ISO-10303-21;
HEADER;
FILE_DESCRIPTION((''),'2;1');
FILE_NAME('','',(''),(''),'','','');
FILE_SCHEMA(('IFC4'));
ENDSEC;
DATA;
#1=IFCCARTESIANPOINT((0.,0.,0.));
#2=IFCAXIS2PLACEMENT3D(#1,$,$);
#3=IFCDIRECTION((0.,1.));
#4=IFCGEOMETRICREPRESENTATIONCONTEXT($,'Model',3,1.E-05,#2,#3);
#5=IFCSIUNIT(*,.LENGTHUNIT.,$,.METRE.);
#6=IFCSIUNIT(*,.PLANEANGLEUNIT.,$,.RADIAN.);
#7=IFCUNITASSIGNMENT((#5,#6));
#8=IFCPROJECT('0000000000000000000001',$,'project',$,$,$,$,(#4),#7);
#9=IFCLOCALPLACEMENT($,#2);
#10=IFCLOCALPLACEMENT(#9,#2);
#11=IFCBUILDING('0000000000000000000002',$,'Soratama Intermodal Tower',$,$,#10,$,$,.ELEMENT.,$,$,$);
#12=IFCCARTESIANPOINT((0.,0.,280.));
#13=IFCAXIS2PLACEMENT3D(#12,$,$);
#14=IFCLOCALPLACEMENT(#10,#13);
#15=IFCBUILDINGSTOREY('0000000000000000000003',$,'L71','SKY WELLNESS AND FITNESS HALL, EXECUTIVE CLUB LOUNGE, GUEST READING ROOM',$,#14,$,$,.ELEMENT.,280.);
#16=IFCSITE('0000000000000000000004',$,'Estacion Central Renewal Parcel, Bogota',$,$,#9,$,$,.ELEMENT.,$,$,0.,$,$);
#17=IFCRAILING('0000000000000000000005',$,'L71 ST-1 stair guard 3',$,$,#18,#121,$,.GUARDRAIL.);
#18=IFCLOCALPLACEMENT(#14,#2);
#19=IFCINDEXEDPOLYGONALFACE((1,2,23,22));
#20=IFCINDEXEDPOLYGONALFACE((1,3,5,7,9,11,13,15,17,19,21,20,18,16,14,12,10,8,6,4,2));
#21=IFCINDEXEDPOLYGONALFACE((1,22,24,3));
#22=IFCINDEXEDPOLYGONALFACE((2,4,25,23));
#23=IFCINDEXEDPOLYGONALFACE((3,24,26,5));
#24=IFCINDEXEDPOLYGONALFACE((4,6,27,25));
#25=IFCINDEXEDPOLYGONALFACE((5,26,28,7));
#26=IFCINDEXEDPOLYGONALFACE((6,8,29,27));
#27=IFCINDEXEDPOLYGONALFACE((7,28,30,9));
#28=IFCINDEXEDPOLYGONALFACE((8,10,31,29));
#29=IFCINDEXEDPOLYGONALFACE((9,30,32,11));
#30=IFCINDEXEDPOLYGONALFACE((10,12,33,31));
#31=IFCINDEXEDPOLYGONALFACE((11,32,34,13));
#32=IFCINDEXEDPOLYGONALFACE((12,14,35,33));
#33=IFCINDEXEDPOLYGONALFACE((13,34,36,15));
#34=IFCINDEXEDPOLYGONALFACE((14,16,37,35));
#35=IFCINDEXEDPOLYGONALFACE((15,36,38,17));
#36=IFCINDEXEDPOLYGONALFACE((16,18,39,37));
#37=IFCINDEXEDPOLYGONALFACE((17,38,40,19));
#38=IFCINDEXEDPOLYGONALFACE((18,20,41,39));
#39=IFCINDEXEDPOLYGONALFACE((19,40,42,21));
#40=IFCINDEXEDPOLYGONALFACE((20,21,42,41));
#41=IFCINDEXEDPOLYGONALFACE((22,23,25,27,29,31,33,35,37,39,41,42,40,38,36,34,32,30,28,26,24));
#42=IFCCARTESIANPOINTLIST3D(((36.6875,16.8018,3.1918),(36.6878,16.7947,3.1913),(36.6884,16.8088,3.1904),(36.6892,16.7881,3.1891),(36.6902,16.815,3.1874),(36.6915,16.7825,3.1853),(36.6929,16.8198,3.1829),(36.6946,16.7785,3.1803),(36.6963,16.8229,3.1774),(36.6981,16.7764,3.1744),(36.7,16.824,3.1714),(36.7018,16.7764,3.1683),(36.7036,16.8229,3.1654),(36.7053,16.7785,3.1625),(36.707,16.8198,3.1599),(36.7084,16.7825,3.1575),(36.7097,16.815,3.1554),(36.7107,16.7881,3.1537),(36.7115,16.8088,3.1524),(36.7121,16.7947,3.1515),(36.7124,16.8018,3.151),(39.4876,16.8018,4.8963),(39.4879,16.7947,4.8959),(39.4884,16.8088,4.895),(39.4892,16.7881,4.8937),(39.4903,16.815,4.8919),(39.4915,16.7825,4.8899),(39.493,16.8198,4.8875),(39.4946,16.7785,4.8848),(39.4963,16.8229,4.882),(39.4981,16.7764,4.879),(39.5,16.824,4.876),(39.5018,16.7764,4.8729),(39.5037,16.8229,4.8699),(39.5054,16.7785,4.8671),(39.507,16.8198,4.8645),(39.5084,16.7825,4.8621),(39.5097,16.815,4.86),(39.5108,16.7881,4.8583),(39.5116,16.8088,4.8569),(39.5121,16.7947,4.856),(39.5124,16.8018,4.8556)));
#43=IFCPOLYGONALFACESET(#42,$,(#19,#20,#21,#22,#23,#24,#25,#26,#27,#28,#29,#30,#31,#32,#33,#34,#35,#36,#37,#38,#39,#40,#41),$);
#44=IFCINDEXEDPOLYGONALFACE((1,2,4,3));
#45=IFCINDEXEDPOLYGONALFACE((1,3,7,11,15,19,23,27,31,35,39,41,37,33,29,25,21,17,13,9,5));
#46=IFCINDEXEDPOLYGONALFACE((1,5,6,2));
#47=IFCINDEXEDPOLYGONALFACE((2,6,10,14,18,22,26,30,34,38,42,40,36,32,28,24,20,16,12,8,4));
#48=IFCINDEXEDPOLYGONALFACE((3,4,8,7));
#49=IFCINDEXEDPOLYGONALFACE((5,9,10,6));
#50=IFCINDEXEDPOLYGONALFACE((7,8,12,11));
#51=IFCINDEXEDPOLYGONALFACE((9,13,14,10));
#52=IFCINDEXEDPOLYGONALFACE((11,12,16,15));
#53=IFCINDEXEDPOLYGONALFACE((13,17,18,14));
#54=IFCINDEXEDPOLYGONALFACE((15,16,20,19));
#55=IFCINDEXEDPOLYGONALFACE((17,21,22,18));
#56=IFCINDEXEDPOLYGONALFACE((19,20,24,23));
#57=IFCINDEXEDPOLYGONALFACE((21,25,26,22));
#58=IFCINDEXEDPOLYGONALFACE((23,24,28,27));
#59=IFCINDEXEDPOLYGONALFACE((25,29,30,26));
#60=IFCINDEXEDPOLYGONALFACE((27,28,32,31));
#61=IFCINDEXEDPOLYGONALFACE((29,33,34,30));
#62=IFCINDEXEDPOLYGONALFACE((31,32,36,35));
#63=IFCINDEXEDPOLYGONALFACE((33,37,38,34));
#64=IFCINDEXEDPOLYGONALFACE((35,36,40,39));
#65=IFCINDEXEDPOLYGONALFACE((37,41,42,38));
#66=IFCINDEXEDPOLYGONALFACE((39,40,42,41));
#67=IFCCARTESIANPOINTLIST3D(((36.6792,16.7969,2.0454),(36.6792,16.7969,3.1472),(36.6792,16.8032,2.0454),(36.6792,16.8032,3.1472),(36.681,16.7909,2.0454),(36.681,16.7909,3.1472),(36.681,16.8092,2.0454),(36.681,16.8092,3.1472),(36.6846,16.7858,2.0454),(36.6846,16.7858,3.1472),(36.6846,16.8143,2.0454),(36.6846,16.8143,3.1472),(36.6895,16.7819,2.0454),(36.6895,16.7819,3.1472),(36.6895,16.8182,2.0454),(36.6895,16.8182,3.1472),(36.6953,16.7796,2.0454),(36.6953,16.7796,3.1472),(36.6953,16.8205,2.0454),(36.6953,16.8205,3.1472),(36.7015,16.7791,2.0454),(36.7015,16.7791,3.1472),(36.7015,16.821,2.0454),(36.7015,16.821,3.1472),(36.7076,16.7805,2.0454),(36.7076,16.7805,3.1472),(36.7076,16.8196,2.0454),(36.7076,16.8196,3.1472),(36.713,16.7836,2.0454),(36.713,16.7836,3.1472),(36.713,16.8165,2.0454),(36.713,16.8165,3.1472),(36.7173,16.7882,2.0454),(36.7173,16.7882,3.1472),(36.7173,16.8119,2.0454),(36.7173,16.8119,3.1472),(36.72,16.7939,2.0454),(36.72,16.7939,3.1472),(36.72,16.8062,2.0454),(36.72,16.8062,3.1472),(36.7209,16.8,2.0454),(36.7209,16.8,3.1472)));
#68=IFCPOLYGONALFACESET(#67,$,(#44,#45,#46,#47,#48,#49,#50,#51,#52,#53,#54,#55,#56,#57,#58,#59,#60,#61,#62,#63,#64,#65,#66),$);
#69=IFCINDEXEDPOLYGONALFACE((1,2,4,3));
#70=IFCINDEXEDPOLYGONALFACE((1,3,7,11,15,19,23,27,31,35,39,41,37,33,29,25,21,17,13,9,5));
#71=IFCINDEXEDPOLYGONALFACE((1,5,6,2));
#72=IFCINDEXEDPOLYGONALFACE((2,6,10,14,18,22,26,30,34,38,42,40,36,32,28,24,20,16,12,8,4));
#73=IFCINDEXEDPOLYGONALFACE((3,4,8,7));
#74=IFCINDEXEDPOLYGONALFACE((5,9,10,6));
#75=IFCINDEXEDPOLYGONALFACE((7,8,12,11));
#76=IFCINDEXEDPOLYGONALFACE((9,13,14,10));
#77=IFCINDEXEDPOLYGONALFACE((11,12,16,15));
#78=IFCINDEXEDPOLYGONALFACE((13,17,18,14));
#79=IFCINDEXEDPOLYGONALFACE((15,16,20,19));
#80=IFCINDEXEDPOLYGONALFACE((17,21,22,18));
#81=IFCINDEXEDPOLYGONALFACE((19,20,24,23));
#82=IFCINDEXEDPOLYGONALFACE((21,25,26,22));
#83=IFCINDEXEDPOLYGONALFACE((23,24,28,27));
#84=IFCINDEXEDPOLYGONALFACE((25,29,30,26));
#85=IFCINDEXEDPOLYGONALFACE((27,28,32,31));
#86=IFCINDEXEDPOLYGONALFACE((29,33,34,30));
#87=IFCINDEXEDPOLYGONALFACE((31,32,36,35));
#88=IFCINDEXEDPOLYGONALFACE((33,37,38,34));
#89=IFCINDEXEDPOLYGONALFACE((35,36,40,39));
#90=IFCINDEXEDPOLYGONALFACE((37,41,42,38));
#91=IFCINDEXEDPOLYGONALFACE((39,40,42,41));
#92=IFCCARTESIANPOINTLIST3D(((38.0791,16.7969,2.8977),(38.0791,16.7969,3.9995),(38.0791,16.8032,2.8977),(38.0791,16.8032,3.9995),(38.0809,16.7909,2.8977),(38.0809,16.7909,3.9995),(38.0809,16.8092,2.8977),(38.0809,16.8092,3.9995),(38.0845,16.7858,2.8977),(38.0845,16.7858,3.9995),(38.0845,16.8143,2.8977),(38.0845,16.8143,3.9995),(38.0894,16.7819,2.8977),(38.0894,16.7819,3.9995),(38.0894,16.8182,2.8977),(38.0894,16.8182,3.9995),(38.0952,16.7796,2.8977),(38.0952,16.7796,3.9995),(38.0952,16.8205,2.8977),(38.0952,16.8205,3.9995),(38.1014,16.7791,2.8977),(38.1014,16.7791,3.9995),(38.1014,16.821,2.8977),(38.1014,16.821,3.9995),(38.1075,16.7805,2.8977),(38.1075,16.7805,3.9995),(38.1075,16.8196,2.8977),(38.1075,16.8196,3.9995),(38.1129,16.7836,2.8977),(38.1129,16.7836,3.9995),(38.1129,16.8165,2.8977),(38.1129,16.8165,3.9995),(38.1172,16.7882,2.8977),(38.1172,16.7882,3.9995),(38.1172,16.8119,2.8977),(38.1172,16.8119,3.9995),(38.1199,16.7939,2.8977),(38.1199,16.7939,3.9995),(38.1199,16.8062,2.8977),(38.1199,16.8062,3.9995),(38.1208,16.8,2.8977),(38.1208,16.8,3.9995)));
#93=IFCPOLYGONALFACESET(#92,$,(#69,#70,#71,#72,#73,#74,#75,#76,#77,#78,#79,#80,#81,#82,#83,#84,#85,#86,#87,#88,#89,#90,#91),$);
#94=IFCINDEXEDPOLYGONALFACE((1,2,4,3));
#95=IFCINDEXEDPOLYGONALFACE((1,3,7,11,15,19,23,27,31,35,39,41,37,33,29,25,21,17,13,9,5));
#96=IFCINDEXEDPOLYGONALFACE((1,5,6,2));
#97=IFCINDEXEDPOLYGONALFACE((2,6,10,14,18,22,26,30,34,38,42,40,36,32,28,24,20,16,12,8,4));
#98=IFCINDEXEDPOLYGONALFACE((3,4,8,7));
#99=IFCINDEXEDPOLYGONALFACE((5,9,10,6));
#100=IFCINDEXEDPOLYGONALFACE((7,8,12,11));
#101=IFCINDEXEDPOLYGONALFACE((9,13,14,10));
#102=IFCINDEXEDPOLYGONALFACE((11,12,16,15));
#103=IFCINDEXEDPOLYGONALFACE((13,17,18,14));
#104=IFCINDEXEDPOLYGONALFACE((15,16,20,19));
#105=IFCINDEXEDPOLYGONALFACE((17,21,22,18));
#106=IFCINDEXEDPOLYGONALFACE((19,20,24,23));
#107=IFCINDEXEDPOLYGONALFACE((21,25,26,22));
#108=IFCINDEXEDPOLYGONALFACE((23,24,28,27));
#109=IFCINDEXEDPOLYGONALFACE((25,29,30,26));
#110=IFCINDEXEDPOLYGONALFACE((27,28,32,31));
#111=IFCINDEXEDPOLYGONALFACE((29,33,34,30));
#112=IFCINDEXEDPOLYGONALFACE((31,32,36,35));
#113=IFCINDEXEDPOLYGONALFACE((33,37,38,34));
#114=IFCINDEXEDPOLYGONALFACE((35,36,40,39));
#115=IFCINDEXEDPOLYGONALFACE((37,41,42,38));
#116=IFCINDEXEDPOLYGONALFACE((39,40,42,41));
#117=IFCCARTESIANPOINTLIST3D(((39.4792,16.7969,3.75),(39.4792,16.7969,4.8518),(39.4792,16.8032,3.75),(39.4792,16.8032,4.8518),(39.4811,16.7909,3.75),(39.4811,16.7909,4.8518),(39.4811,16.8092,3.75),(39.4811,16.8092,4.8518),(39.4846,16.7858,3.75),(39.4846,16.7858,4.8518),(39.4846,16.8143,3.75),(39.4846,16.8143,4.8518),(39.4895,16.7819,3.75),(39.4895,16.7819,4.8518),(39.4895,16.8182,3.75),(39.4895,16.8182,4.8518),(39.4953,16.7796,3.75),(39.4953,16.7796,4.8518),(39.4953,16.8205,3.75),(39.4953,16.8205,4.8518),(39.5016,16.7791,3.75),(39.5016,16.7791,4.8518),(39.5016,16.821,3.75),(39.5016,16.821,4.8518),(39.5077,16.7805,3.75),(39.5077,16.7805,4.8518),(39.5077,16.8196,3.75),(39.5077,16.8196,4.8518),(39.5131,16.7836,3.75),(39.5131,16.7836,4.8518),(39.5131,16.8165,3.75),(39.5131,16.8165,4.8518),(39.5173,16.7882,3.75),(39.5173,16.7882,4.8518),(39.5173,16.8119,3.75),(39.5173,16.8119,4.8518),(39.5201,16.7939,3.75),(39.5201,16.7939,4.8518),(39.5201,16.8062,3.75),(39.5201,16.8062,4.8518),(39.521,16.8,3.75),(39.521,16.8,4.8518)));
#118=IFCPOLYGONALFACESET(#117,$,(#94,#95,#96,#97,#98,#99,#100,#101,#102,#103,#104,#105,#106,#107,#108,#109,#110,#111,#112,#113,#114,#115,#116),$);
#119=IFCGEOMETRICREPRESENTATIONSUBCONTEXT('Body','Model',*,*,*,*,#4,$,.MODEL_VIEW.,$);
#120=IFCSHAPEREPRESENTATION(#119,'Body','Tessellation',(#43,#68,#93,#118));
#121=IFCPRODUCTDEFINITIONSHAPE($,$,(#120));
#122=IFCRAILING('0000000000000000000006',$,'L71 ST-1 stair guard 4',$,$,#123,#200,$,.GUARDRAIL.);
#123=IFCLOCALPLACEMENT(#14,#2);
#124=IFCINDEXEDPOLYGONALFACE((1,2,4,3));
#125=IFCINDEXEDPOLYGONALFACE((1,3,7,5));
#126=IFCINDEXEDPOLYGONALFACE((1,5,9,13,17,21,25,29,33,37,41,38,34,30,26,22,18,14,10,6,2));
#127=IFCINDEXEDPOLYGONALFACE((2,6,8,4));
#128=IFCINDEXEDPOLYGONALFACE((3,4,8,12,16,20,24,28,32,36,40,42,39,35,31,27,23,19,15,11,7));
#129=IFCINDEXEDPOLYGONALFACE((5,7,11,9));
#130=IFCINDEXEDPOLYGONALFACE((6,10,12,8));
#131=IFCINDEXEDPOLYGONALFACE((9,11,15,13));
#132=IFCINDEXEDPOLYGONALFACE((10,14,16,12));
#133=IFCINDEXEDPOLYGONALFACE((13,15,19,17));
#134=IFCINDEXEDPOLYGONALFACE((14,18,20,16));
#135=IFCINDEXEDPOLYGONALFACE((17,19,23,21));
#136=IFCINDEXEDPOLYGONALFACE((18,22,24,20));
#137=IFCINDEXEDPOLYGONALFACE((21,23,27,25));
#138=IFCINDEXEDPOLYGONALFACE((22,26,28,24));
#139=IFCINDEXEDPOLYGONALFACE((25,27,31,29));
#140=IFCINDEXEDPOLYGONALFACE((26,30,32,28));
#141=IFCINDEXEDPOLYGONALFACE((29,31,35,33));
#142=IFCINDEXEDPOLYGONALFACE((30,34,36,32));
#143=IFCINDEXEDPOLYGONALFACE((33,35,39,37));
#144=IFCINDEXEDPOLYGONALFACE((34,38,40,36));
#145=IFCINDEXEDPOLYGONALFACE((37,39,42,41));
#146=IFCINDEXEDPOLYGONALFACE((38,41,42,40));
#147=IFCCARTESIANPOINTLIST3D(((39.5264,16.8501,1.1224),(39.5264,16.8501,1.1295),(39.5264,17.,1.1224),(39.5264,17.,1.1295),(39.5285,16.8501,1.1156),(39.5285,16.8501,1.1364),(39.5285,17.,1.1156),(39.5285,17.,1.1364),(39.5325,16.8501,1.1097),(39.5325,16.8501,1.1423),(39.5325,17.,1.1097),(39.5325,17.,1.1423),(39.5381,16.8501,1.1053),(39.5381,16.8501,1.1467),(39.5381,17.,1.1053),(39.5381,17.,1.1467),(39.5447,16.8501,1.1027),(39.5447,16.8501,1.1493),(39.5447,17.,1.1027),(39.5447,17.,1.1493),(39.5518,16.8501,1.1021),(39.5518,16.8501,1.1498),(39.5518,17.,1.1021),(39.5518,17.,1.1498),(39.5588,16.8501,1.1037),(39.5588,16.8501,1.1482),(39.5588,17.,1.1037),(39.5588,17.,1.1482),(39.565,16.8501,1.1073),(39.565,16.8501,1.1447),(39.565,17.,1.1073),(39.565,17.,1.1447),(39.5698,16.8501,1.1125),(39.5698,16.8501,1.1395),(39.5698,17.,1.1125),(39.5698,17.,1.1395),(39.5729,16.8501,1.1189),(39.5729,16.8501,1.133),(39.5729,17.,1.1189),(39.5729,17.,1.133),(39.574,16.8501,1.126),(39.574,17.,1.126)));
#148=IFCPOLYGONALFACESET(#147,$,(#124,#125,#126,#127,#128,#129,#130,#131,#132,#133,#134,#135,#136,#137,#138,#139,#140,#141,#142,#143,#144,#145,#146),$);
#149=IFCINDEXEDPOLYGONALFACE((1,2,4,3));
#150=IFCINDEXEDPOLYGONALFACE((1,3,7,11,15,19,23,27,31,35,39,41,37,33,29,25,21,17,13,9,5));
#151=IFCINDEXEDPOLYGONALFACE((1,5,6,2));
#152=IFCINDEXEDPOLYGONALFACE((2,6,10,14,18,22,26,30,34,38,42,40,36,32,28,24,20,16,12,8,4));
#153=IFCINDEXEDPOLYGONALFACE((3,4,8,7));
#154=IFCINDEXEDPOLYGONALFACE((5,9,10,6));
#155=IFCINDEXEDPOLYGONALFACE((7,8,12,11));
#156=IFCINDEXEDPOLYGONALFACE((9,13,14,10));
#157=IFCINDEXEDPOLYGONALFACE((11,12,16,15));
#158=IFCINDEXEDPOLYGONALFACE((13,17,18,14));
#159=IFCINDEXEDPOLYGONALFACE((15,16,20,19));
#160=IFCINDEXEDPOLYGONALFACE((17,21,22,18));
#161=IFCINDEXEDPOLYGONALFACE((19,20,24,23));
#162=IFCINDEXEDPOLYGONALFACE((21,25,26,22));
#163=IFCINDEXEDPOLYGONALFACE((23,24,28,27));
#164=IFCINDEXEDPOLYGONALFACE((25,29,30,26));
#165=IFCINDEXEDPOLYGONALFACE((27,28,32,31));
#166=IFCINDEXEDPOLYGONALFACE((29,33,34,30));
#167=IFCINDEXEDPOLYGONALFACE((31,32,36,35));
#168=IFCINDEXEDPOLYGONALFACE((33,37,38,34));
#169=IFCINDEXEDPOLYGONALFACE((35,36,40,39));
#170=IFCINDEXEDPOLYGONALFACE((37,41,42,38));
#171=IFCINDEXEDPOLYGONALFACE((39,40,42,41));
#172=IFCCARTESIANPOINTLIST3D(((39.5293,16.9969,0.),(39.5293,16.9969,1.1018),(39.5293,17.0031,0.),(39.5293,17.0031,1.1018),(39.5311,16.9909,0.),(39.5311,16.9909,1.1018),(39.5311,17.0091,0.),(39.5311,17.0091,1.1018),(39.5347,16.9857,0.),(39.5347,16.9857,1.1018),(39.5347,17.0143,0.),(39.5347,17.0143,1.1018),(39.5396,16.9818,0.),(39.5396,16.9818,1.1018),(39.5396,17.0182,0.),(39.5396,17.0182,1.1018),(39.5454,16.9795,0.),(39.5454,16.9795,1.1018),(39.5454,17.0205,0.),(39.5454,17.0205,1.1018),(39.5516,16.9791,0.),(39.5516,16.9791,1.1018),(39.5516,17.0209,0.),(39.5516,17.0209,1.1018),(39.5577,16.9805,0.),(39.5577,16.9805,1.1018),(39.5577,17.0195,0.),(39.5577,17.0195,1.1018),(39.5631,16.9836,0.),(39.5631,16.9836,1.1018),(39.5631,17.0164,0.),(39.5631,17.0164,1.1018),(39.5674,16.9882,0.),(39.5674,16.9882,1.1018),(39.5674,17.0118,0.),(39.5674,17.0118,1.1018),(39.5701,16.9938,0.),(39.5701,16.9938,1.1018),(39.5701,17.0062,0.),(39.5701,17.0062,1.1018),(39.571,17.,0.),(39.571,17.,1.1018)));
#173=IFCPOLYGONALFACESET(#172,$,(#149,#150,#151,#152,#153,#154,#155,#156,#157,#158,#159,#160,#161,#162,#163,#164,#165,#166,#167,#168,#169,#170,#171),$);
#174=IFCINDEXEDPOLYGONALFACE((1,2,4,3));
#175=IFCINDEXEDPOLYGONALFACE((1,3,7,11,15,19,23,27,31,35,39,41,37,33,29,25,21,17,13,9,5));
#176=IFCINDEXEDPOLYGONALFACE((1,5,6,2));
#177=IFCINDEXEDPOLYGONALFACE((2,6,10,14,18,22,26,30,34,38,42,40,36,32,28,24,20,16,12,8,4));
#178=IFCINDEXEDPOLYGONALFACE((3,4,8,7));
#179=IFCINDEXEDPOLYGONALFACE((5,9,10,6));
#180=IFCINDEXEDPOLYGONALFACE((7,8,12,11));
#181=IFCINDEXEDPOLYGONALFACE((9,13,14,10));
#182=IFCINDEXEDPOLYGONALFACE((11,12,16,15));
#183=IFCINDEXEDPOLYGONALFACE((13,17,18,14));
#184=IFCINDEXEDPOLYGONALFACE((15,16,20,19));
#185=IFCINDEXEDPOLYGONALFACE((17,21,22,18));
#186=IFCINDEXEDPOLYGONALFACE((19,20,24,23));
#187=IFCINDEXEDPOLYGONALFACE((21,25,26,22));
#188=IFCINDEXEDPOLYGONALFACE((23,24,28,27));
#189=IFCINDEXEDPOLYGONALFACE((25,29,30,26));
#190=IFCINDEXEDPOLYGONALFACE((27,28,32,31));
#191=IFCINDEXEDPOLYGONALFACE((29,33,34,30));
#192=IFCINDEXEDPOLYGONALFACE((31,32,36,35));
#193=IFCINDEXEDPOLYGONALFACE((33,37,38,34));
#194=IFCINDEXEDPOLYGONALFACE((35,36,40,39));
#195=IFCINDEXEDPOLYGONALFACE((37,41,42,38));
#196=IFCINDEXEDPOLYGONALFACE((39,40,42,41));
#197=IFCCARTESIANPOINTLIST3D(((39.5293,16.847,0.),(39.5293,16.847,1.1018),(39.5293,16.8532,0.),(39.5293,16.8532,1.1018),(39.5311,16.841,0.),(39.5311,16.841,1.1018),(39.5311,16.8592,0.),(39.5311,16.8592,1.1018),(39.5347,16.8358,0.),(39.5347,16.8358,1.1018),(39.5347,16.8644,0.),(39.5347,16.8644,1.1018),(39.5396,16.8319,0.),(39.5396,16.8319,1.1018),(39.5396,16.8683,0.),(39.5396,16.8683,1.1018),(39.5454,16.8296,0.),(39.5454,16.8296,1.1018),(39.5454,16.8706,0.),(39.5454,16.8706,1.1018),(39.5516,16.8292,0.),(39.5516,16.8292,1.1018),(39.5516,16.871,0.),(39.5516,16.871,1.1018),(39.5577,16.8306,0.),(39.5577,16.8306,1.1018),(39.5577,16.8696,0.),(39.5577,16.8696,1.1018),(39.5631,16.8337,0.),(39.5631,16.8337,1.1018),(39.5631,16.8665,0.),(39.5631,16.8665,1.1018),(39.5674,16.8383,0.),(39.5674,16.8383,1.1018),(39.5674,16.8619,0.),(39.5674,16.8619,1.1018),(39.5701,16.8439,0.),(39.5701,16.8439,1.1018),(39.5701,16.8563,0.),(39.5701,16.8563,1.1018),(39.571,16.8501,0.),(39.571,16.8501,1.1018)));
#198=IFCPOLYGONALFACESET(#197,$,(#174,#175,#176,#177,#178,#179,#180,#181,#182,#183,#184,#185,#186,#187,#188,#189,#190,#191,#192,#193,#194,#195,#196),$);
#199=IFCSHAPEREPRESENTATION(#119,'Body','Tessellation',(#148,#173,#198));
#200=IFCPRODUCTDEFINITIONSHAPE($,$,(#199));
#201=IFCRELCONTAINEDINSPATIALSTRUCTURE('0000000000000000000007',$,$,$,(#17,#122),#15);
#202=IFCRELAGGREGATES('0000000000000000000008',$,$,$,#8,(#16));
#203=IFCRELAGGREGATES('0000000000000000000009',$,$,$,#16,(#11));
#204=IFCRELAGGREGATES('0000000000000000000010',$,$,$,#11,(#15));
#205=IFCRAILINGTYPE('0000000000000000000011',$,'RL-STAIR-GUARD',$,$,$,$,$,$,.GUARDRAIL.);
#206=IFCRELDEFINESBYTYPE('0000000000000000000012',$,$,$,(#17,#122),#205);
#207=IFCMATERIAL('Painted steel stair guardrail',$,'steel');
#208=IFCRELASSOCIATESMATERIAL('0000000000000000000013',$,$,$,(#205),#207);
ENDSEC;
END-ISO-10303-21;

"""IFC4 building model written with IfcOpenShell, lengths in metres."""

from ifc_helpers import new_model, si_unit, direction, frame, origin, origin_2d, place, context, subcontext, project, spatial, circle, extrude, material, type_object, element, save


model = new_model("IFC4")

# Units and contexts
model_context = context("Model", 3, precision=1e-05, world=origin(), true_north=direction((0.0, 1.0)))
body_context = subcontext(model_context, "Body", "Model", "MODEL_VIEW")
ifc_project = project(units=[si_unit("LENGTHUNIT", "METRE"), si_unit("PLANEANGLEUNIT", "RADIAN")], contexts=[model_context])

# Site, building, storey
site_placement = place(None, origin())
site = spatial("IfcSite", under=ifc_project, at=site_placement, Name="Estacion Central Renewal Parcel, Bogota", CompositionType="ELEMENT", RefElevation=0.0)
building_placement = place(site_placement, origin())
building = spatial("IfcBuilding", under=site, at=building_placement, Name="Soratama Intermodal Tower", CompositionType="ELEMENT")
storey_placement = place(building_placement, frame((0.0, 0.0, 280.0)))
storey = spatial("IfcBuildingStorey", under=building, at=storey_placement, Name="L71", Description="SKY WELLNESS AND FITNESS HALL, EXECUTIVE CLUB LOUNGE, GUEST READING ROOM", CompositionType="ELEMENT", Elevation=280.0)

# Railings
ifc_material_1 = material(Name="Painted steel stair guardrail", Category="steel")
railing_type_1 = type_object("IfcRailingType", Name="RL-STAIR-GUARD", PredefinedType="GUARDRAIL", material=ifc_material_1)
railing_1_placement = place(storey_placement, frame((36.7, 16.8, 2.0454)))
element("IfcRailing", 1, at=railing_1_placement, inside=storey, type_object=railing_type_1, Name="L71 ST-1 stair guard 3", PredefinedType="GUARDRAIL", context=body_context, shape_type="SweptSolid", body=[
    extrude(circle(Radius=0.0239, at=origin_2d()), frame((0.0, 0.0, 1.126), z_axis=(0.85417, 0.0, 0.519994), x_axis=(0.0, 1.0, 0.0)), (0.0, 0.0, 1.0), 3.2781),
    extrude(circle(Radius=0.021, at=origin_2d()), origin(), (0.0, 0.0, 1.0), 1.1018),
    extrude(circle(Radius=0.021, at=origin_2d()), frame((1.3999, 0.0, 0.8523)), (0.0, 0.0, 1.0), 1.1018),
    extrude(circle(Radius=0.021, at=origin_2d()), frame((2.8, 0.0, 1.7046)), (0.0, 0.0, 1.0), 1.1018),
])
railing_2_placement = place(storey_placement, frame((39.55, 17.0, 0.0)))
element("IfcRailing", 2, at=railing_2_placement, inside=storey, type_object=railing_type_1, Name="L71 ST-1 stair guard 4", PredefinedType="GUARDRAIL", context=body_context, shape_type="SweptSolid", body=[
    extrude(circle(Radius=0.0239, at=origin_2d()), frame((0.0, 0.0, 1.126), z_axis=(0.0, -1.0, 0.0), x_axis=(1.0, 0.0, 0.0)), (0.0, 0.0, 1.0), 0.1499),
    extrude(circle(Radius=0.021, at=origin_2d()), origin(), (0.0, 0.0, 1.0), 1.1018),
    extrude(circle(Radius=0.021, at=origin_2d()), frame((0.0, -0.1499, 0.0)), (0.0, 0.0, 1.0), 1.1018),
])

save(model, "model.ifc")
